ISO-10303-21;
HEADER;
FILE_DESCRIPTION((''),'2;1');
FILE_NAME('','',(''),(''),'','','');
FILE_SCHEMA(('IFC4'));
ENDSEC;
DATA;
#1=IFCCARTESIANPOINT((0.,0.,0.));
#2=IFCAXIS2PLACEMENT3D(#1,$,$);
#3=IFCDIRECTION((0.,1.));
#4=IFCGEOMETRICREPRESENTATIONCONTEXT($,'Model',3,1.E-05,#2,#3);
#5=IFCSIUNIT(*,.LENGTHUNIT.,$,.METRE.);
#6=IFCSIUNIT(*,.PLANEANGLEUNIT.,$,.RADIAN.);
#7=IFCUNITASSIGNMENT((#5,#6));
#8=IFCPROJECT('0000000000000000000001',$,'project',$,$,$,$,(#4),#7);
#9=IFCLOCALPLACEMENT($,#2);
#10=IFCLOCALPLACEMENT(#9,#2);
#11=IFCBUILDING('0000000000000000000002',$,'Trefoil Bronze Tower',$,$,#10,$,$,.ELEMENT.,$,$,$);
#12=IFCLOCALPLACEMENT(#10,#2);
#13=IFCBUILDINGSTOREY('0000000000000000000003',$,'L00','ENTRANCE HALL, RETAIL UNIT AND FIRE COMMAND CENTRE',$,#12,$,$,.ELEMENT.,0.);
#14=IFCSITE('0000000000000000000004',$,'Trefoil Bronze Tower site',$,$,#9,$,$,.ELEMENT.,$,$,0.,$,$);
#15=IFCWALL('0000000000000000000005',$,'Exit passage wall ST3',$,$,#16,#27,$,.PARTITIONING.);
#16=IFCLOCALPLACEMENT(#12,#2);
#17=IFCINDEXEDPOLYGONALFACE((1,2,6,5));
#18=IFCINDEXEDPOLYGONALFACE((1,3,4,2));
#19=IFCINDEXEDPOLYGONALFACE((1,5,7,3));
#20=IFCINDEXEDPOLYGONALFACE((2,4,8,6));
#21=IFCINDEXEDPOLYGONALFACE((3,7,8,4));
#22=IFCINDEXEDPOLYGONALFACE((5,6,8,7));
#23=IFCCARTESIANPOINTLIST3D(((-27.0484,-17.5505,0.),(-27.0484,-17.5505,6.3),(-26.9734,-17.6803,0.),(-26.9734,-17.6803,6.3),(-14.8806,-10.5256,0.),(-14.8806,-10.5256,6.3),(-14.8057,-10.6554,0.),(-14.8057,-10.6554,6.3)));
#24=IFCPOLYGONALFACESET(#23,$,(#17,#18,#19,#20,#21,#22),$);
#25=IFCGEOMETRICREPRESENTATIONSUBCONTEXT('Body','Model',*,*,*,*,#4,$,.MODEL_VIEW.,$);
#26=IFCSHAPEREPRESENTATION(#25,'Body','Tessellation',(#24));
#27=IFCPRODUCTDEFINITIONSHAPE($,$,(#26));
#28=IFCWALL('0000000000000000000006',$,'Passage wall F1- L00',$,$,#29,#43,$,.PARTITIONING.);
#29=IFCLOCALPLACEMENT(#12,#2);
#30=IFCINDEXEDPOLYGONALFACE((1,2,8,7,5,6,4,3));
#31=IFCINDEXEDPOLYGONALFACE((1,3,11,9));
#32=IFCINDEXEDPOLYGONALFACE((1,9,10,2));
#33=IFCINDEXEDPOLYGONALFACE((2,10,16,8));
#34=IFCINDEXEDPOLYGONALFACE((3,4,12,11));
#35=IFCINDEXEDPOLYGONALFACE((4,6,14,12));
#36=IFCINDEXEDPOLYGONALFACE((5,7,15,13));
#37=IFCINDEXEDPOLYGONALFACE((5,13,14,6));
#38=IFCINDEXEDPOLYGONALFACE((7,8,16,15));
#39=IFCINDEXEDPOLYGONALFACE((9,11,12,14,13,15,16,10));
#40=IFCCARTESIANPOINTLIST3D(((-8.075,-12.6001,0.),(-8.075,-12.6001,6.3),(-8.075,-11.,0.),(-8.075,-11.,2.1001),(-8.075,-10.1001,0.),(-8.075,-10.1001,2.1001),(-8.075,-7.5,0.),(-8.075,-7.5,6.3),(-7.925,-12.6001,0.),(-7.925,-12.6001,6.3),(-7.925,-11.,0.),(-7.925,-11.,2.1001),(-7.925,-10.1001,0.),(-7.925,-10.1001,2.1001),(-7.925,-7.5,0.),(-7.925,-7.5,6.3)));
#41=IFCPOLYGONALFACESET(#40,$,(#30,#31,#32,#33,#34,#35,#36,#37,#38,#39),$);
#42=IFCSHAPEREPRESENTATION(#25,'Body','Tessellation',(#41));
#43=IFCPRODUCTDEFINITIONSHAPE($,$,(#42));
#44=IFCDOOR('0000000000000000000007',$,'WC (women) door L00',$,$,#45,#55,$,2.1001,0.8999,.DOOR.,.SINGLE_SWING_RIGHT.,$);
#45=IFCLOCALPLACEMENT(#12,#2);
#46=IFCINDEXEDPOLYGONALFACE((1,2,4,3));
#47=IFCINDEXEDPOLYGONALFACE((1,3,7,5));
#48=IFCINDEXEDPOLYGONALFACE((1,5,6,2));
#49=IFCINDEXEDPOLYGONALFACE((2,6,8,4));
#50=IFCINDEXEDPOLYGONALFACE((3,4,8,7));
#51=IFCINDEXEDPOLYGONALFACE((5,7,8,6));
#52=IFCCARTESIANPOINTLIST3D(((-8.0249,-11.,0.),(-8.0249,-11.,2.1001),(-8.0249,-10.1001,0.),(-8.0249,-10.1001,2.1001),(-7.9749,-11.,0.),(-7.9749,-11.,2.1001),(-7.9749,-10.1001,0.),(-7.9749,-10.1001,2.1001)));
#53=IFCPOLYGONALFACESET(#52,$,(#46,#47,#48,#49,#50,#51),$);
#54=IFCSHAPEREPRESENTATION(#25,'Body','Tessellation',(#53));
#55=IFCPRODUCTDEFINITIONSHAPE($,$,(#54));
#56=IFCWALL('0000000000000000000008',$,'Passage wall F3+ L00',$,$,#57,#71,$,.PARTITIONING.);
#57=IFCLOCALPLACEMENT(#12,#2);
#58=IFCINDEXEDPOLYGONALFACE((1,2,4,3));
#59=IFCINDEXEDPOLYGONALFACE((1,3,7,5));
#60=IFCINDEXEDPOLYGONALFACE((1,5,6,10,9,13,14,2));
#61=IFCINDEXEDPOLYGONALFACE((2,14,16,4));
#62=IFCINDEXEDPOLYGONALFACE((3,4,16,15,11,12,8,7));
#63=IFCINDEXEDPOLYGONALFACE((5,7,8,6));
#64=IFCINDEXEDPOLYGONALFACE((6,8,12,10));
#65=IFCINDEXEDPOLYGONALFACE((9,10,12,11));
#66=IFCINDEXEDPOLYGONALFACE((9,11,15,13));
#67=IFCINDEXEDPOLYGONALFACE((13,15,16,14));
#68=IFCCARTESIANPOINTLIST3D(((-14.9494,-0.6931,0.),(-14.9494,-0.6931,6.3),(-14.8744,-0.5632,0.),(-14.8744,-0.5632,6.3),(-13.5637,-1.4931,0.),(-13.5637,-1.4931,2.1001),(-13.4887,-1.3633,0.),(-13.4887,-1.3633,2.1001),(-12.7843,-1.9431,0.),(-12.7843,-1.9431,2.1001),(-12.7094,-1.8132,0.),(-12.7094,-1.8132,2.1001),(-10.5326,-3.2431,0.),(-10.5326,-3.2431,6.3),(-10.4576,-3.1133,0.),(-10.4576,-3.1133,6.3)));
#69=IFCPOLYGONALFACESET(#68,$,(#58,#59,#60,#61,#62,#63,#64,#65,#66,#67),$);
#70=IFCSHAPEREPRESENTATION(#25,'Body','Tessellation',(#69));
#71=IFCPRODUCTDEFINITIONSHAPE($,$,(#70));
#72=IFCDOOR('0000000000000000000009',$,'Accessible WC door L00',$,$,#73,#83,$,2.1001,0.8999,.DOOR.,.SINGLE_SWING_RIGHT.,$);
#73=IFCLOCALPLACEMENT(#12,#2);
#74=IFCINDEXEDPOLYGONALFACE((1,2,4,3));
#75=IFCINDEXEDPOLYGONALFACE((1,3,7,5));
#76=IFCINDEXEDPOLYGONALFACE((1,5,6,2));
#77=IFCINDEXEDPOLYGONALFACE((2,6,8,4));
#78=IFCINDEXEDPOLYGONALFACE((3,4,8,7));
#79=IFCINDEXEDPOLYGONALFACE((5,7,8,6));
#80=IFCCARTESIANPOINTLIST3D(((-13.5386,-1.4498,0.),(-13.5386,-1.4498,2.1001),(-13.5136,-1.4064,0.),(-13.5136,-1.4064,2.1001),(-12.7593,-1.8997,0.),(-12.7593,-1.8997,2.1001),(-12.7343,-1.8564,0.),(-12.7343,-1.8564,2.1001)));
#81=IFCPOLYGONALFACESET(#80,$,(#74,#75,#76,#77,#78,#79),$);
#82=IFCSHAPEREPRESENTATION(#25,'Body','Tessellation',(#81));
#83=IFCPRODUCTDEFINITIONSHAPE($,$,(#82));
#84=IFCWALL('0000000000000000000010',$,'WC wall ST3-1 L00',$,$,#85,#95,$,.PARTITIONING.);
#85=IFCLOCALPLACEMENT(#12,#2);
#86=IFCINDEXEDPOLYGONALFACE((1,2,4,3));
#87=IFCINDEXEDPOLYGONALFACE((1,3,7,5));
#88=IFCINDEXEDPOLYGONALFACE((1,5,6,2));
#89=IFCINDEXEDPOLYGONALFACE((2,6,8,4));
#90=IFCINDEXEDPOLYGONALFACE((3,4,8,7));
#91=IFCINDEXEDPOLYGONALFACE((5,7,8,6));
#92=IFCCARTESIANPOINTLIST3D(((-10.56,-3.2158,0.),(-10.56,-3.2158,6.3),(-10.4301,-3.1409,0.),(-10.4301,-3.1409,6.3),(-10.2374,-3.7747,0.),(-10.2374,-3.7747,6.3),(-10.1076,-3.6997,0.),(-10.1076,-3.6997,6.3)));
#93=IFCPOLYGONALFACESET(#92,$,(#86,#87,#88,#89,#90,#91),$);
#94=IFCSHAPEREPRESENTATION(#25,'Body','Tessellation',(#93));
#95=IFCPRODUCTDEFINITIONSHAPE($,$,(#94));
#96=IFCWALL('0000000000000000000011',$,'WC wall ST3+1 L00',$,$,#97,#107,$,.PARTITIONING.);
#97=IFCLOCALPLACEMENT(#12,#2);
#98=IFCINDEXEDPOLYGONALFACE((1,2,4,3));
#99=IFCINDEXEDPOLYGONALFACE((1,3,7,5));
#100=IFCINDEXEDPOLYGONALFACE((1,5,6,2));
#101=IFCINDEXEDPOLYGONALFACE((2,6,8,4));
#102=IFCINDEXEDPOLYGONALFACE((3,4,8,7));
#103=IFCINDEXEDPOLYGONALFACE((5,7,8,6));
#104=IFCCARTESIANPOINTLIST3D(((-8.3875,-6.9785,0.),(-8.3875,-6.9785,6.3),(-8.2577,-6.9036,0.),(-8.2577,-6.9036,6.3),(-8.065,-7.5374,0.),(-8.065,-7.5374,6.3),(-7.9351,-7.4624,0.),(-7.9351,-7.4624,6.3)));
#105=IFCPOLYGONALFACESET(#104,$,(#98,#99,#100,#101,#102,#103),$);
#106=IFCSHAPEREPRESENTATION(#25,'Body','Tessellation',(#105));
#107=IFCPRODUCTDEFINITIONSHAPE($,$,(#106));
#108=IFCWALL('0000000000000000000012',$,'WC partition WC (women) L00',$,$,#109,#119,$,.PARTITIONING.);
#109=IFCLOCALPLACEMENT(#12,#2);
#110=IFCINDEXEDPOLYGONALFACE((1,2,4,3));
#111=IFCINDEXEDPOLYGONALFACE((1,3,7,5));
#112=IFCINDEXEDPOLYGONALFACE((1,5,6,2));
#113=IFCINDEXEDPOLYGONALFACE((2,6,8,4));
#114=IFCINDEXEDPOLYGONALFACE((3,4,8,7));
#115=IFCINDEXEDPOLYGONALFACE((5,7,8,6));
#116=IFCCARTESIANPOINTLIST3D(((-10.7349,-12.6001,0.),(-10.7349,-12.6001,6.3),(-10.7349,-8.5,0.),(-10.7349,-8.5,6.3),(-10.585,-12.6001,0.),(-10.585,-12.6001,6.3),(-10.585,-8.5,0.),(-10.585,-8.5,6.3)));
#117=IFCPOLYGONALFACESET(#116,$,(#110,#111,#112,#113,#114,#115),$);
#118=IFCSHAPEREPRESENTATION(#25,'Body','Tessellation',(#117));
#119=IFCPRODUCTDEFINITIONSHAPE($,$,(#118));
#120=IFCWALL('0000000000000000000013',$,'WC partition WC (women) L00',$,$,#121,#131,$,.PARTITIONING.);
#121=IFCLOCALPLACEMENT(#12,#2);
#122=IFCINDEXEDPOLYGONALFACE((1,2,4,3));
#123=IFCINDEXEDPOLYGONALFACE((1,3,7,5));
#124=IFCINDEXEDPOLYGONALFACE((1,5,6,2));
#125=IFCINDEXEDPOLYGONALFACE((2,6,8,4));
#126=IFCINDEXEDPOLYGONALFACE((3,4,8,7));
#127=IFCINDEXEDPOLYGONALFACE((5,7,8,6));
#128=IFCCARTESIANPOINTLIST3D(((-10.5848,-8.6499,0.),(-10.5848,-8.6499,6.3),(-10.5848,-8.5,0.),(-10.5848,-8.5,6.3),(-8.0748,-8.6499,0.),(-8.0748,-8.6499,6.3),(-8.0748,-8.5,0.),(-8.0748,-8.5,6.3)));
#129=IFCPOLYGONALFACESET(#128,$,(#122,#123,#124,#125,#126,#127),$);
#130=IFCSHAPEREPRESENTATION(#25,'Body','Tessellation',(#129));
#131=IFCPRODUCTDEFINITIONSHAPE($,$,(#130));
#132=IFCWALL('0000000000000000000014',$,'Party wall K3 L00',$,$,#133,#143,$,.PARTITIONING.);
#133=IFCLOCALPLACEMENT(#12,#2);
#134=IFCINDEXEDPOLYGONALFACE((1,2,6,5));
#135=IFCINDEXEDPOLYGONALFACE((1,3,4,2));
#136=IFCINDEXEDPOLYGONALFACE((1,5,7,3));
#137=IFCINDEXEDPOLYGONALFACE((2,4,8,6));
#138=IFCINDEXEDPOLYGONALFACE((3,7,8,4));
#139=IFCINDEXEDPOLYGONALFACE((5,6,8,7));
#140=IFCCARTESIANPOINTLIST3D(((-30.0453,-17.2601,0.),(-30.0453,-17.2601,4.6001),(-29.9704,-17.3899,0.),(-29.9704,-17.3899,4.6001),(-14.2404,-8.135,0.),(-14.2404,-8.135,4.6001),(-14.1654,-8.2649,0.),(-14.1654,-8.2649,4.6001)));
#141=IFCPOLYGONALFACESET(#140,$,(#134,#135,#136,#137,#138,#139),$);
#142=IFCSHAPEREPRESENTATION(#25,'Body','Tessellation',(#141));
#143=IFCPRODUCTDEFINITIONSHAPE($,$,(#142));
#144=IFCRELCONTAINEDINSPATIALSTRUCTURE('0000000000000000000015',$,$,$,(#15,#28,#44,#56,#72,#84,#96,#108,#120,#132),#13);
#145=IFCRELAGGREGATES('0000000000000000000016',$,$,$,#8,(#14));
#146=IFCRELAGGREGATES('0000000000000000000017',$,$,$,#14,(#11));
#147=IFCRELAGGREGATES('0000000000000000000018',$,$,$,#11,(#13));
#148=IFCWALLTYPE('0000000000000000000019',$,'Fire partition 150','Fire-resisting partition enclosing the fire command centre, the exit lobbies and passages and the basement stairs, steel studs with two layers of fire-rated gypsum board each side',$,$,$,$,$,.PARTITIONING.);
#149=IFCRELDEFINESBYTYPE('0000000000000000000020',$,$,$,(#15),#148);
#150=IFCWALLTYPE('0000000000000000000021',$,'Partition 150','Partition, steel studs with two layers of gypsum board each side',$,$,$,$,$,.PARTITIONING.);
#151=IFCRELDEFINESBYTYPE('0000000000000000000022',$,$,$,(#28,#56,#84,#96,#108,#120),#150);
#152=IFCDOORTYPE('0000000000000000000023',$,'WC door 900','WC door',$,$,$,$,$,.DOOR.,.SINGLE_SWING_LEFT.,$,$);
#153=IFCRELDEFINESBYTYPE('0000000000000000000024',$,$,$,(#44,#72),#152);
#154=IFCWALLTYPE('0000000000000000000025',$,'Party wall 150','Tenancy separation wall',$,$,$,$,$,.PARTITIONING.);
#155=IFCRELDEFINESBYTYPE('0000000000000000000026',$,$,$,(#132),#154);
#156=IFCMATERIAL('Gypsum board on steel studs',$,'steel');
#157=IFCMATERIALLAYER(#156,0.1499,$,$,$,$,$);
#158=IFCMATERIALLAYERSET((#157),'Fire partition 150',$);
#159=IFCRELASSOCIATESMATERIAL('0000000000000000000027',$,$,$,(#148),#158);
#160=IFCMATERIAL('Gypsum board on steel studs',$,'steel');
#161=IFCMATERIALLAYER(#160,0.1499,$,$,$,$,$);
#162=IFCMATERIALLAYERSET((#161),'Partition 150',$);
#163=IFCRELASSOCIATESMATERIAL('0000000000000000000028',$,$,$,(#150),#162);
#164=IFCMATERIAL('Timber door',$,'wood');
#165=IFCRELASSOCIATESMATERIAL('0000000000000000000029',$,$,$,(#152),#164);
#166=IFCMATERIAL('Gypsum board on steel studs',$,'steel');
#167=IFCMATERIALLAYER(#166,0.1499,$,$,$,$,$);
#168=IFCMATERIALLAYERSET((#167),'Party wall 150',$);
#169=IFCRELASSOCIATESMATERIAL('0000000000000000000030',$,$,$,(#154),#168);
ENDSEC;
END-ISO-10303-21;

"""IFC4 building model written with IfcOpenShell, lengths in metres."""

from ifc_helpers import new_model, si_unit, direction, frame, frame_2d, origin, place, context, subcontext, project, spatial, rectangle, extrude, material, layer, layer_set, type_object, element, fill, save


model = new_model("IFC4")

# Units and contexts
model_context = context("Model", 3, precision=1e-05, world=origin(), true_north=direction((0.0, 1.0)))
body_context = subcontext(model_context, "Body", "Model", "MODEL_VIEW")
ifc_project = project(units=[si_unit("LENGTHUNIT", "METRE"), si_unit("PLANEANGLEUNIT", "RADIAN")], contexts=[model_context])

# Site, building, storey
site_placement = place(None, origin())
site = spatial("IfcSite", under=ifc_project, at=site_placement, Name="Trefoil Bronze Tower site", CompositionType="ELEMENT", RefElevation=0.0)
building_placement = place(site_placement, origin())
building = spatial("IfcBuilding", under=site, at=building_placement, Name="Trefoil Bronze Tower", CompositionType="ELEMENT")
storey_placement = place(building_placement, origin())
storey = spatial("IfcBuildingStorey", under=building, at=storey_placement, Name="L00", Description="ENTRANCE HALL, RETAIL UNIT AND FIRE COMMAND CENTRE", CompositionType="ELEMENT", Elevation=0.0)

# Wall
ifc_material_1 = material(Name="Gypsum board on steel studs", Category="steel")
ifc_layer_1 = layer(ifc_material_1, 0.1499)
ifc_layer_set_1 = layer_set([ifc_layer_1], Name="Fire partition 150")
wall_type_1 = type_object("IfcWallType", Name="Fire partition 150", Description="Fire-resisting partition enclosing the fire command centre, the exit lobbies and passages and the basement stairs, steel studs with two layers of fire-rated gypsum board each side", PredefinedType="PARTITIONING", material=ifc_layer_set_1)
wall_1_placement = place(storey_placement, frame((-14.8433, -10.5906, 0.0), z_axis=(0.0, 0.0, 1.0), x_axis=(-0.86603, -0.499993, 0.0)))
element("IfcWall", 1, at=wall_1_placement, inside=storey, type_object=wall_type_1, Name="Exit passage wall ST3", PredefinedType="PARTITIONING", context=body_context, shape_type="SweptSolid", body=[
    extrude(rectangle(XDim=14.05, YDim=0.1499, at=frame_2d((7.0249, 0.0))), origin(), (0.0, 0.0, 1.0), 6.3),
])

# Walls, openings, doors
ifc_material_2 = material(Name="Gypsum board on steel studs", Category="steel")
ifc_layer_2 = layer(ifc_material_2, 0.1499)
ifc_layer_set_2 = layer_set([ifc_layer_2], Name="Partition 150")
wall_type_2 = type_object("IfcWallType", Name="Partition 150", Description="Partition, steel studs with two layers of gypsum board each side", PredefinedType="PARTITIONING", material=ifc_layer_set_2)
wall_2_placement = place(storey_placement, frame((-8.0, -7.5, 0.0), z_axis=(0.0, 0.0, 1.0), x_axis=(0.0, -1.0, 0.0)))
wall_2 = element("IfcWall", 2, at=wall_2_placement, inside=storey, type_object=wall_type_2, Name="Passage wall F1- L00", PredefinedType="PARTITIONING", context=body_context, shape_type="SweptSolid", body=[
    extrude(rectangle(XDim=5.1001, YDim=0.1499, at=frame_2d((2.55, 0.0))), origin(), (0.0, 0.0, 1.0), 6.3),
])
opening_1_placement = place(wall_2_placement, frame((2.6001, 0.0, 0.0)))
opening_1 = element("IfcOpeningElement", 3, at=opening_1_placement, cuts=wall_2, PredefinedType="OPENING", context=body_context, shape_type="SweptSolid", body=[
    extrude(rectangle(XDim=0.8999, YDim=2.1001, at=frame_2d((0.45, 1.05))), frame((0.0, 0.085, 0.0), z_axis=(0.0, -1.0, 0.0), x_axis=(1.0, 0.0, 0.0)), (0.0, 0.0, 1.0), 0.1699),
])
ifc_material_3 = material(Name="Timber door", Category="wood")
door_type = type_object("IfcDoorType", Name="WC door 900", Description="WC door", OperationType="SINGLE_SWING_LEFT", PredefinedType="DOOR", material=ifc_material_3)
door_1_placement = place(opening_1_placement, frame((0.8999, 0.0, 0.0), z_axis=(0.0, 0.0, 1.0), x_axis=(-1.0, 0.0, 0.0)))
door_1 = element("IfcDoor", 4, at=door_1_placement, inside=storey, type_object=door_type, Name="WC (women) door L00", OperationType="SINGLE_SWING_RIGHT", OverallHeight=2.1001, OverallWidth=0.8999, PredefinedType="DOOR", context=body_context, shape_type="SweptSolid", body=[
    extrude(rectangle(XDim=0.8999, YDim=2.1001, at=frame_2d((0.45, 1.05))), frame((0.0, 0.0249, 0.0), z_axis=(0.0, -1.0, 0.0), x_axis=(1.0, 0.0, 0.0)), (0.0, 0.0, 1.0), 0.05),
])
fill(opening_1, door_1)
wall_3_placement = place(storey_placement, frame((-10.4951, -3.1782, 0.0), z_axis=(0.0, 0.0, 1.0), x_axis=(-0.866022, 0.500006, 0.0)))
wall_3 = element("IfcWall", 5, at=wall_3_placement, inside=storey, type_object=wall_type_2, Name="Passage wall F3+ L00", PredefinedType="PARTITIONING", context=body_context, shape_type="SweptSolid", body=[
    extrude(rectangle(XDim=5.1001, YDim=0.1499, at=frame_2d((2.55, 0.0))), origin(), (0.0, 0.0, 1.0), 6.3),
])
opening_2_placement = place(wall_3_placement, frame((2.6001, 0.0, 0.0)))
opening_2 = element("IfcOpeningElement", 6, at=opening_2_placement, cuts=wall_3, PredefinedType="OPENING", context=body_context, shape_type="SweptSolid", body=[
    extrude(rectangle(XDim=0.8999, YDim=2.1001, at=frame_2d((0.45, 1.05))), frame((0.0, 0.085, 0.0), z_axis=(0.0, -1.0, 0.0), x_axis=(1.0, 0.0, 0.0)), (0.0, 0.0, 1.0), 0.1699),
])
door_2_placement = place(opening_2_placement, origin())
door_2 = element("IfcDoor", 7, at=door_2_placement, inside=storey, type_object=door_type, Name="Accessible WC door L00", OperationType="SINGLE_SWING_RIGHT", OverallHeight=2.1001, OverallWidth=0.8999, PredefinedType="DOOR", context=body_context, shape_type="SweptSolid", body=[
    extrude(rectangle(XDim=0.8999, YDim=2.1001, at=frame_2d((0.45, 1.05))), frame((0.0, 0.0249, 0.0), z_axis=(0.0, -1.0, 0.0), x_axis=(1.0, 0.0, 0.0)), (0.0, 0.0, 1.0), 0.05),
])
fill(opening_2, door_2)

# Walls
for number, where, z_axis, x_axis, name in (
    (8, (-10.4951, -3.1782, 0.0), (0.0, 0.0, 1.0), (0.499843, -0.866116, 0.0), "WC wall ST3-1 L00"),
    (9, (-8.0, -7.5, 0.0), (0.0, 0.0, 1.0), (-0.499843, 0.866116, 0.0), "WC wall ST3+1 L00"),
):
    element("IfcWall", number, at=place(storey_placement, frame(where, z_axis=z_axis, x_axis=x_axis)), inside=storey, type_object=wall_type_2, Name=name, PredefinedType="PARTITIONING", context=body_context, shape_type="SweptSolid", body=[
        extrude(rectangle(XDim=0.6453, YDim=0.1499, at=frame_2d((0.3228, 0.0))), origin(), (0.0, 0.0, 1.0), 6.3),
    ])
wall_4_placement = place(storey_placement, frame((-10.6599, -8.5, 0.0), z_axis=(0.0, 0.0, 1.0), x_axis=(0.0, -1.0, 0.0)))
element("IfcWall", 10, at=wall_4_placement, inside=storey, type_object=wall_type_2, Name="WC partition WC (women) L00", PredefinedType="PARTITIONING", context=body_context, shape_type="SweptSolid", body=[
    extrude(rectangle(XDim=4.1001, YDim=0.1499, at=frame_2d((2.05, 0.0))), origin(), (0.0, 0.0, 1.0), 6.3),
])
wall_5_placement = place(storey_placement, frame((-8.075, -8.575, 0.0), z_axis=(0.0, 0.0, 1.0), x_axis=(-1.0, 0.0, 0.0)))
element("IfcWall", 11, at=wall_5_placement, inside=storey, type_object=wall_type_2, Name="WC partition WC (women) L00", PredefinedType="PARTITIONING", context=body_context, shape_type="SweptSolid", body=[
    extrude(rectangle(XDim=2.51, YDim=0.1499, at=frame_2d((1.2549, 0.0))), origin(), (0.0, 0.0, 1.0), 6.3),
])
ifc_material_4 = material(Name="Gypsum board on steel studs", Category="steel")
ifc_layer_3 = layer(ifc_material_4, 0.1499)
ifc_layer_set_3 = layer_set([ifc_layer_3], Name="Party wall 150")
wall_type_3 = type_object("IfcWallType", Name="Party wall 150", Description="Tenancy separation wall", PredefinedType="PARTITIONING", material=ifc_layer_set_3)
wall_6_placement = place(storey_placement, frame((-14.2029, -8.2, 0.0), z_axis=(0.0, 0.0, 1.0), x_axis=(-0.866025, -0.500001, 0.0)))
element("IfcWall", 12, at=wall_6_placement, inside=storey, type_object=wall_type_3, Name="Party wall K3 L00", PredefinedType="PARTITIONING", context=body_context, shape_type="SweptSolid", body=[
    extrude(rectangle(XDim=18.25, YDim=0.1499, at=frame_2d((9.125, 0.0))), origin(), (0.0, 0.0, 1.0), 4.6001),
])

save(model, "model.ifc")
